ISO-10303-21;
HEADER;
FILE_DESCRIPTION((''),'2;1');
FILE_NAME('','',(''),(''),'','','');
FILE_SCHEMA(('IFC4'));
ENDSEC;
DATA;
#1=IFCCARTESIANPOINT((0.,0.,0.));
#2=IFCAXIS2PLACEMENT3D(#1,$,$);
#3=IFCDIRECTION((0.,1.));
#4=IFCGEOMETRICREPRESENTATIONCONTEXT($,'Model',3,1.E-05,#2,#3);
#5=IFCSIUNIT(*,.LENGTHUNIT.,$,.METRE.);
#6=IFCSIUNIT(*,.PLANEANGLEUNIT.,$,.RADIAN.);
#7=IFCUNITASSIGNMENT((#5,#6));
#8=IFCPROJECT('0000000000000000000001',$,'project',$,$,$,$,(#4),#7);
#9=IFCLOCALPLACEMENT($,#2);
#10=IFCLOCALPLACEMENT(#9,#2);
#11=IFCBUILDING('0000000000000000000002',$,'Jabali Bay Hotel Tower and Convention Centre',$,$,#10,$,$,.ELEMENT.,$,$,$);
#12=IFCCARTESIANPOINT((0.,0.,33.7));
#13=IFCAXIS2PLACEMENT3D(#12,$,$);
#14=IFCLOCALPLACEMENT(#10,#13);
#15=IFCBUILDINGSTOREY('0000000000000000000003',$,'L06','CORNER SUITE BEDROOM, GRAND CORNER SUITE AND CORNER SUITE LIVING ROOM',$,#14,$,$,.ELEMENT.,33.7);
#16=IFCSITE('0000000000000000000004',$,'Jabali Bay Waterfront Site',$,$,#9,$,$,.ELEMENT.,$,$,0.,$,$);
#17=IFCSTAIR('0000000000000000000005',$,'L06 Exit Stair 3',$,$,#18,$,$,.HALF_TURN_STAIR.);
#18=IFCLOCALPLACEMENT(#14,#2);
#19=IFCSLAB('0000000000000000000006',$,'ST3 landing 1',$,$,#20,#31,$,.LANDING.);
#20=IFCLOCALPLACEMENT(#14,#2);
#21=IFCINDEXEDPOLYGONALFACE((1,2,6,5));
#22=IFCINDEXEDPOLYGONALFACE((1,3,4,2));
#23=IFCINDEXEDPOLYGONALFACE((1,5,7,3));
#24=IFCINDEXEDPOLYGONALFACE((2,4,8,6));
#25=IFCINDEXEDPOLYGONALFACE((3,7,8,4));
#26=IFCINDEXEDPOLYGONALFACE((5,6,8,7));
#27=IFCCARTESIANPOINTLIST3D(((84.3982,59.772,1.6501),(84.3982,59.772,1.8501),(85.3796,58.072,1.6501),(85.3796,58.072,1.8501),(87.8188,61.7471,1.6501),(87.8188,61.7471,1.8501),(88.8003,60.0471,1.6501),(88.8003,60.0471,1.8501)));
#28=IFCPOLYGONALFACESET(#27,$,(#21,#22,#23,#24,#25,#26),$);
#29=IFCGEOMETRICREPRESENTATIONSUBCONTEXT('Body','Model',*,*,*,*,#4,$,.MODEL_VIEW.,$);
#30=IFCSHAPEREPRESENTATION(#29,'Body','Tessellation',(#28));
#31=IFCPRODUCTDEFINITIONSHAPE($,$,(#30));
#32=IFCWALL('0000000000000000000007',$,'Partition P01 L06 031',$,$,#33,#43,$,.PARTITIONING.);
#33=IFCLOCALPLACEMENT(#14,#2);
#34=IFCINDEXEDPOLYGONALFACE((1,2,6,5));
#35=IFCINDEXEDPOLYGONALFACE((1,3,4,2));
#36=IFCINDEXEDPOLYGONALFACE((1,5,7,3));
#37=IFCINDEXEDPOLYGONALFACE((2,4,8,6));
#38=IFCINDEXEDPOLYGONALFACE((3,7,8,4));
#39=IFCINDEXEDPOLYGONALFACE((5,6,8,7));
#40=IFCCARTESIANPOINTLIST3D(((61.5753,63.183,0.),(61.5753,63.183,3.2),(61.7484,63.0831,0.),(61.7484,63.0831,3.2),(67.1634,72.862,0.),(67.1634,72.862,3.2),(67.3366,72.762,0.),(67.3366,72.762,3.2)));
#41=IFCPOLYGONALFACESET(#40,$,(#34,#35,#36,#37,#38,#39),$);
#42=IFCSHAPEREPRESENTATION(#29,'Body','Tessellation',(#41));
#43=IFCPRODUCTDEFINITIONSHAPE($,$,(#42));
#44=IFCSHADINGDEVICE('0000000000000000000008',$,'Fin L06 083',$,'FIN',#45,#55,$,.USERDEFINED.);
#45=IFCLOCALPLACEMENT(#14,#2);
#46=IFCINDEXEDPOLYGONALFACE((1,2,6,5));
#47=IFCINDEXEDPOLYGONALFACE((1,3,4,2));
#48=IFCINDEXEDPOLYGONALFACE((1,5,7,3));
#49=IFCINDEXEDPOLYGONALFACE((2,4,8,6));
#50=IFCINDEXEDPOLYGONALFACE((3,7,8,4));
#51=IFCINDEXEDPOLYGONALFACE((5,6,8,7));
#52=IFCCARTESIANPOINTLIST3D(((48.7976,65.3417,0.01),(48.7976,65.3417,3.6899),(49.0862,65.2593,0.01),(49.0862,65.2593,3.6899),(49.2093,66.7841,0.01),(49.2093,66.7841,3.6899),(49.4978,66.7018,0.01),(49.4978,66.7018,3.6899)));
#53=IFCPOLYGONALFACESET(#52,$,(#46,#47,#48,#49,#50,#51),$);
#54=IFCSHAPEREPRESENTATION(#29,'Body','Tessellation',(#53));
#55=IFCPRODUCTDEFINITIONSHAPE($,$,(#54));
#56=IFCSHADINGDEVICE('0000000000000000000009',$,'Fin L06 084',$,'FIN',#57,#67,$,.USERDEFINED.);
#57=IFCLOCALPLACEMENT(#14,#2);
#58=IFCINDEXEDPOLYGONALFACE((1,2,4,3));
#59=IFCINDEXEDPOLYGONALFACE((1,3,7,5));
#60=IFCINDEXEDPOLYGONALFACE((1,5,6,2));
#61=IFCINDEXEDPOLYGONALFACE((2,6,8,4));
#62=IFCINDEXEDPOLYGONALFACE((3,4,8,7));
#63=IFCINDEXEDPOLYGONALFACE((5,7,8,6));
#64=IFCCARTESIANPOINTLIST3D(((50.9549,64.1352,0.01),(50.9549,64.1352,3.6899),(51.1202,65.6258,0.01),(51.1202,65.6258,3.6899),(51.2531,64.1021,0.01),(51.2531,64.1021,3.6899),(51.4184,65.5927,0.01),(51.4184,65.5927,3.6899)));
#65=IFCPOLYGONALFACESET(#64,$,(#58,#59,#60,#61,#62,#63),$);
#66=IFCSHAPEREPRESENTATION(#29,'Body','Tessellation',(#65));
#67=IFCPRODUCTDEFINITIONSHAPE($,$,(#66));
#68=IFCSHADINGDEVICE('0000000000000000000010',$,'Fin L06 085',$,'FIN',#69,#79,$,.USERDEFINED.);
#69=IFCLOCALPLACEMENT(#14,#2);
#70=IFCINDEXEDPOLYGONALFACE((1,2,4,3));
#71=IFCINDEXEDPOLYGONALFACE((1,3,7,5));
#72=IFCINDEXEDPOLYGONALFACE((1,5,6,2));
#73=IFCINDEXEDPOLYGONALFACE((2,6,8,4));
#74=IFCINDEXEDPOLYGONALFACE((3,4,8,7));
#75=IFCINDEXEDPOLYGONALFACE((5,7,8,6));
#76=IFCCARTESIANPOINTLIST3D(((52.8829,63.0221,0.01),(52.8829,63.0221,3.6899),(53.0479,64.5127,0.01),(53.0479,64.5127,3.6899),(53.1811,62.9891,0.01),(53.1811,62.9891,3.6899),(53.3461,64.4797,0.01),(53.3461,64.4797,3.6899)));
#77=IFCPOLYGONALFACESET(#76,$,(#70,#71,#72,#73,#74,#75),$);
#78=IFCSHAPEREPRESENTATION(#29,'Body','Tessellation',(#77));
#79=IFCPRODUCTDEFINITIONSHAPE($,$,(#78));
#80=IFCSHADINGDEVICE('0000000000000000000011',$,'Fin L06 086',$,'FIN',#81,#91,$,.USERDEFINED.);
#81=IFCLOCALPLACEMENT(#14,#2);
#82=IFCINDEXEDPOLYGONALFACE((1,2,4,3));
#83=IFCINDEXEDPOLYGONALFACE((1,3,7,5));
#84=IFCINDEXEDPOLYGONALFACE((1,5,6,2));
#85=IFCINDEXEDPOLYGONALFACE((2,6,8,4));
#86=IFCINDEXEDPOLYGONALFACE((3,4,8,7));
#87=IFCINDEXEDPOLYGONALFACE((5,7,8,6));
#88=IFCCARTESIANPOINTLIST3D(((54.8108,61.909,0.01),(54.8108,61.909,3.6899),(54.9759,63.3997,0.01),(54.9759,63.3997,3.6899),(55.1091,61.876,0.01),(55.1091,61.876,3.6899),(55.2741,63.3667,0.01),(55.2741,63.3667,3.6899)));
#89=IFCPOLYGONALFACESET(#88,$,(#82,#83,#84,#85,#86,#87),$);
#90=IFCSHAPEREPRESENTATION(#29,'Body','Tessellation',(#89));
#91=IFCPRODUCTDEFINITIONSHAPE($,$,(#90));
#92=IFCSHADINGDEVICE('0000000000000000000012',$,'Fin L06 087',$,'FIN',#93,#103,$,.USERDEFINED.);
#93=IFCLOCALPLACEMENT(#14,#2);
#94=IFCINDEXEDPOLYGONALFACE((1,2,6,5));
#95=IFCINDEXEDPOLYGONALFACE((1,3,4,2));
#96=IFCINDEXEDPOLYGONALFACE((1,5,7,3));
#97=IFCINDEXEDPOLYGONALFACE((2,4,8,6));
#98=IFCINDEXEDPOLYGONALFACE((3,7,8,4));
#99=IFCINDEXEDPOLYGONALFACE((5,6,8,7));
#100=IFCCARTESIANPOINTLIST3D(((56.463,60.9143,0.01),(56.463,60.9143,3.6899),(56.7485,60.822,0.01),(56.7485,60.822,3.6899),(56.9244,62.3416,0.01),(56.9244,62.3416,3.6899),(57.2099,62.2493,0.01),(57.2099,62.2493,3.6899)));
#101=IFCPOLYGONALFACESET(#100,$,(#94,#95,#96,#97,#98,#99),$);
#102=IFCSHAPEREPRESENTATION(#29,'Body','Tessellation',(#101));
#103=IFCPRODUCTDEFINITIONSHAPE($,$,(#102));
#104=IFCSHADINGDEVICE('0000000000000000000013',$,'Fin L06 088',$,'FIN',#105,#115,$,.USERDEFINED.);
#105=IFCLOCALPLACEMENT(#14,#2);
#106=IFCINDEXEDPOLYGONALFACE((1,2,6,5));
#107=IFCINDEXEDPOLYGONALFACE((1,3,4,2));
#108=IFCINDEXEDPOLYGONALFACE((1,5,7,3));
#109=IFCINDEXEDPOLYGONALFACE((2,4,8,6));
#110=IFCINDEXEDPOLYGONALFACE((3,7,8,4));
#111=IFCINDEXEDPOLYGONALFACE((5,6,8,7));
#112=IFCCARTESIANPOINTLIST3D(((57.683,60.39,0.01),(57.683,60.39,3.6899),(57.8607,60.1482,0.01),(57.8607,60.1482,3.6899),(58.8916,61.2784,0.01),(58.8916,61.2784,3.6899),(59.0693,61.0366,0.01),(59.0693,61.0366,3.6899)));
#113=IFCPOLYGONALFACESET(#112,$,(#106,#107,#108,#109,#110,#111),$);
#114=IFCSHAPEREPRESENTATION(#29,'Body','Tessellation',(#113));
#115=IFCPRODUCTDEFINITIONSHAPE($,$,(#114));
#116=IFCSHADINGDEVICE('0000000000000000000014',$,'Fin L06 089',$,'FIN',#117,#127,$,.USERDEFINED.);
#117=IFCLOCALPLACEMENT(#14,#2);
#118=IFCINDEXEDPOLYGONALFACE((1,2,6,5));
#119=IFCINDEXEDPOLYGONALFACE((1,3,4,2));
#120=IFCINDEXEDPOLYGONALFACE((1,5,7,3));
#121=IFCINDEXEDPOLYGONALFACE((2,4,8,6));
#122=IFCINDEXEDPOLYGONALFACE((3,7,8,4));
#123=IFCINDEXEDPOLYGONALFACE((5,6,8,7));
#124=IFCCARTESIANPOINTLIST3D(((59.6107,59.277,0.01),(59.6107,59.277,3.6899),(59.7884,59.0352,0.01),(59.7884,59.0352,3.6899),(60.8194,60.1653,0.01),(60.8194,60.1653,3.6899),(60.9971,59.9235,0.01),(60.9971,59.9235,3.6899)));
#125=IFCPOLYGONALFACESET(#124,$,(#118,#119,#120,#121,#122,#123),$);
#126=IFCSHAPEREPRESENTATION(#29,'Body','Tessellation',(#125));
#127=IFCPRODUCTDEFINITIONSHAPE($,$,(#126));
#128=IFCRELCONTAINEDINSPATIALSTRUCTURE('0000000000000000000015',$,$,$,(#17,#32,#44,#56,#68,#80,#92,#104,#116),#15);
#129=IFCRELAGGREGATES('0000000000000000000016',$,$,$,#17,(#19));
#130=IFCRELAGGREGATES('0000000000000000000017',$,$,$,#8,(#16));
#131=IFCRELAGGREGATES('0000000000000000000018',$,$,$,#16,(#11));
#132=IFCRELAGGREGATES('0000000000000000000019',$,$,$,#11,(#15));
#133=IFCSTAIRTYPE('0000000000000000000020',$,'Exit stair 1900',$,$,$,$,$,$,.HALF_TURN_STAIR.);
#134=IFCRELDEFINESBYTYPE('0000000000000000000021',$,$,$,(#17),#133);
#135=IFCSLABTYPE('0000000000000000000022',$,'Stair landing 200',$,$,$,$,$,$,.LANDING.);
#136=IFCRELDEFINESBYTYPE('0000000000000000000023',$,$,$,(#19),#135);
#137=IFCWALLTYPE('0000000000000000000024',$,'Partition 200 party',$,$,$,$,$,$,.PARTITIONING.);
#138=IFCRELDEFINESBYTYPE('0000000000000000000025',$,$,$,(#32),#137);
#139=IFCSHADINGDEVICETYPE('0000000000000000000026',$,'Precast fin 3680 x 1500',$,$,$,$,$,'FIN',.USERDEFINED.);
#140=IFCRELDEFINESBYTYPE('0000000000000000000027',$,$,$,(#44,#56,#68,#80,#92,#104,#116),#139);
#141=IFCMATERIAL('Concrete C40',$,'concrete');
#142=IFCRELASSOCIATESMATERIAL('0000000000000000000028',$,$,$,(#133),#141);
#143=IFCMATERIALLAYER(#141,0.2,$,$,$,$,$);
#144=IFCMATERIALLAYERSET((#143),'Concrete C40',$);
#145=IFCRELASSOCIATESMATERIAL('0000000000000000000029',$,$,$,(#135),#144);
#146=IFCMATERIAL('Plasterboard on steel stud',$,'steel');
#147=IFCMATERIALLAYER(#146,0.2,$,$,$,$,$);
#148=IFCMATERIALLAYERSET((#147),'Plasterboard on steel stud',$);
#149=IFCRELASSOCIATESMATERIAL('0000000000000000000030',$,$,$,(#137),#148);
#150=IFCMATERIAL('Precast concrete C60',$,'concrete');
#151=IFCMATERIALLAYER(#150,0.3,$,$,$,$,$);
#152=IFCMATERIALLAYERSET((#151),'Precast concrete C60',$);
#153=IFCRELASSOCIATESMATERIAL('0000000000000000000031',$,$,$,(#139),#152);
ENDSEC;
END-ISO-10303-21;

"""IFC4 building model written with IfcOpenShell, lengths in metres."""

from ifc_helpers import new_model, si_unit, direction, frame, frame_2d, origin, place, context, subcontext, project, spatial, polyline, rectangle, outline, extrude, material, layer, layer_set, type_object, element, aggregate, save


model = new_model("IFC4")

# Units and contexts
model_context = context("Model", 3, precision=1e-05, world=origin(), true_north=direction((0.0, 1.0)))
body_context = subcontext(model_context, "Body", "Model", "MODEL_VIEW")
ifc_project = project(units=[si_unit("LENGTHUNIT", "METRE"), si_unit("PLANEANGLEUNIT", "RADIAN")], contexts=[model_context])

# Site, building, storey
site_placement = place(None, origin())
site = spatial("IfcSite", under=ifc_project, at=site_placement, Name="Jabali Bay Waterfront Site", CompositionType="ELEMENT", RefElevation=0.0)
building_placement = place(site_placement, origin())
building = spatial("IfcBuilding", under=site, at=building_placement, Name="Jabali Bay Hotel Tower and Convention Centre", CompositionType="ELEMENT")
storey_placement = place(building_placement, frame((0.0, 0.0, 33.7)))
storey = spatial("IfcBuildingStorey", under=building, at=storey_placement, Name="L06", Description="CORNER SUITE BEDROOM, GRAND CORNER SUITE AND CORNER SUITE LIVING ROOM", CompositionType="ELEMENT", Elevation=33.7)

# Shared definitions
ifc_material_1 = material(Name="Concrete C40", Category="concrete")

# Stair, slab
stair_type = type_object("IfcStairType", Name="Exit stair 1900", PredefinedType="HALF_TURN_STAIR", material=ifc_material_1)
ifc_layer_1 = layer(ifc_material_1, 0.2)
ifc_layer_set_1 = layer_set([ifc_layer_1], Name="Concrete C40")
slab_type_1 = type_object("IfcSlabType", Name="Stair landing 200", PredefinedType="LANDING", material=ifc_layer_set_1)
stair_1_placement = place(storey_placement, origin())
stair_1 = element("IfcStair", 1, at=stair_1_placement, inside=storey, type_object=stair_type, Name="L06 Exit Stair 3", PredefinedType="HALF_TURN_STAIR")
slab_1_placement = place(storey_placement, frame((0.0, 0.0, 1.6501)))
slab_1 = element("IfcSlab", 2, at=slab_1_placement, type_object=slab_type_1, Name="ST3 landing 1", PredefinedType="LANDING", context=body_context, shape_type="SweptSolid", body=[
    extrude(outline(polyline([(84.3982, 59.772), (85.3796, 58.072), (88.8003, 60.0471), (87.8188, 61.7471), (84.3982, 59.772)])), origin(), (0.0, 0.0, 1.0), 0.2),
])
aggregate(stair_1, [slab_1])

# Wall
ifc_material_2 = material(Name="Plasterboard on steel stud", Category="steel")
ifc_layer_2 = layer(ifc_material_2, 0.2)
ifc_layer_set_2 = layer_set([ifc_layer_2], Name="Plasterboard on steel stud")
wall_type = type_object("IfcWallType", Name="Partition 200 party", PredefinedType="PARTITIONING", material=ifc_layer_set_2)
wall_placement = place(storey_placement, frame((61.6619, 63.1331, 0.0), z_axis=(0.0, 0.0, 1.0), x_axis=(0.499999, 0.866026, 0.0)))
element("IfcWall", 3, at=wall_placement, inside=storey, type_object=wall_type, Name="Partition P01 L06 031", PredefinedType="PARTITIONING", context=body_context, shape_type="SweptSolid", body=[
    extrude(rectangle(XDim=11.1763, YDim=0.2, at=frame_2d((5.5881, 0.0))), origin(), (0.0, 0.0, 1.0), 3.2),
])

# Shading devices
ifc_material_3 = material(Name="Precast concrete C60", Category="concrete")
ifc_layer_3 = layer(ifc_material_3, 0.3)
ifc_layer_set_3 = layer_set([ifc_layer_3], Name="Precast concrete C60")
shading_device_type = type_object("IfcShadingDeviceType", Name="Precast fin 3680 x 1500", ElementType="FIN", PredefinedType="USERDEFINED", material=ifc_layer_set_3)
shading_device_placement = place(storey_placement, frame((49.3535, 66.7429, 0.01), z_axis=(0.0, 0.0, 1.0), x_axis=(-0.27442, -0.96161, 0.0)))
element("IfcShadingDevice", 4, at=shading_device_placement, inside=storey, type_object=shading_device_type, Name="Fin L06 083", ObjectType="FIN", PredefinedType="USERDEFINED", context=body_context, shape_type="SweptSolid", body=[
    extrude(rectangle(XDim=1.5, YDim=0.3, at=frame_2d((0.75, 0.0))), origin(), (0.0, 0.0, 1.0), 3.6799),
])
for number, where, z_axis, x_axis, name in (
    (5, (51.2693, 65.6094, 0.01), (0.0, 0.0, 1.0), (-0.110199, -0.99391, 0.0), "Fin L06 084"),
    (6, (53.197, 64.4963, 0.01), (0.0, 0.0, 1.0), (-0.110038, -0.993927, 0.0), "Fin L06 085"),
    (7, (55.125, 63.3833, 0.01), (0.0, 0.0, 1.0), (-0.110038, -0.993927, 0.0), "Fin L06 086"),
):
    element("IfcShadingDevice", number, at=place(storey_placement, frame(where, z_axis=z_axis, x_axis=x_axis)), inside=storey, type_object=shading_device_type, Name=name, ObjectType="FIN", PredefinedType="USERDEFINED", context=body_context, shape_type="SweptSolid", body=[
        extrude(rectangle(XDim=1.4998, YDim=0.3, at=frame_2d((0.75, 0.0))), origin(), (0.0, 0.0, 1.0), 3.6799),
    ])
for number, where, z_axis, x_axis, name in (
    (8, (57.0671, 62.2954, 0.01), (0.0, 0.0, 1.0), (-0.307621, -0.951509, 0.0), "Fin L06 087"),
    (9, (58.9805, 61.1575, 0.01), (0.0, 0.0, 1.0), (-0.805763, -0.592238, 0.0), "Fin L06 088"),
    (10, (60.9082, 60.0444, 0.01), (0.0, 0.0, 1.0), (-0.805763, -0.592238, 0.0), "Fin L06 089"),
):
    element("IfcShadingDevice", number, at=place(storey_placement, frame(where, z_axis=z_axis, x_axis=x_axis)), inside=storey, type_object=shading_device_type, Name=name, ObjectType="FIN", PredefinedType="USERDEFINED", context=body_context, shape_type="SweptSolid", body=[
        extrude(rectangle(XDim=1.5, YDim=0.3, at=frame_2d((0.75, 0.0))), origin(), (0.0, 0.0, 1.0), 3.6799),
    ])

save(model, "model.ifc")
